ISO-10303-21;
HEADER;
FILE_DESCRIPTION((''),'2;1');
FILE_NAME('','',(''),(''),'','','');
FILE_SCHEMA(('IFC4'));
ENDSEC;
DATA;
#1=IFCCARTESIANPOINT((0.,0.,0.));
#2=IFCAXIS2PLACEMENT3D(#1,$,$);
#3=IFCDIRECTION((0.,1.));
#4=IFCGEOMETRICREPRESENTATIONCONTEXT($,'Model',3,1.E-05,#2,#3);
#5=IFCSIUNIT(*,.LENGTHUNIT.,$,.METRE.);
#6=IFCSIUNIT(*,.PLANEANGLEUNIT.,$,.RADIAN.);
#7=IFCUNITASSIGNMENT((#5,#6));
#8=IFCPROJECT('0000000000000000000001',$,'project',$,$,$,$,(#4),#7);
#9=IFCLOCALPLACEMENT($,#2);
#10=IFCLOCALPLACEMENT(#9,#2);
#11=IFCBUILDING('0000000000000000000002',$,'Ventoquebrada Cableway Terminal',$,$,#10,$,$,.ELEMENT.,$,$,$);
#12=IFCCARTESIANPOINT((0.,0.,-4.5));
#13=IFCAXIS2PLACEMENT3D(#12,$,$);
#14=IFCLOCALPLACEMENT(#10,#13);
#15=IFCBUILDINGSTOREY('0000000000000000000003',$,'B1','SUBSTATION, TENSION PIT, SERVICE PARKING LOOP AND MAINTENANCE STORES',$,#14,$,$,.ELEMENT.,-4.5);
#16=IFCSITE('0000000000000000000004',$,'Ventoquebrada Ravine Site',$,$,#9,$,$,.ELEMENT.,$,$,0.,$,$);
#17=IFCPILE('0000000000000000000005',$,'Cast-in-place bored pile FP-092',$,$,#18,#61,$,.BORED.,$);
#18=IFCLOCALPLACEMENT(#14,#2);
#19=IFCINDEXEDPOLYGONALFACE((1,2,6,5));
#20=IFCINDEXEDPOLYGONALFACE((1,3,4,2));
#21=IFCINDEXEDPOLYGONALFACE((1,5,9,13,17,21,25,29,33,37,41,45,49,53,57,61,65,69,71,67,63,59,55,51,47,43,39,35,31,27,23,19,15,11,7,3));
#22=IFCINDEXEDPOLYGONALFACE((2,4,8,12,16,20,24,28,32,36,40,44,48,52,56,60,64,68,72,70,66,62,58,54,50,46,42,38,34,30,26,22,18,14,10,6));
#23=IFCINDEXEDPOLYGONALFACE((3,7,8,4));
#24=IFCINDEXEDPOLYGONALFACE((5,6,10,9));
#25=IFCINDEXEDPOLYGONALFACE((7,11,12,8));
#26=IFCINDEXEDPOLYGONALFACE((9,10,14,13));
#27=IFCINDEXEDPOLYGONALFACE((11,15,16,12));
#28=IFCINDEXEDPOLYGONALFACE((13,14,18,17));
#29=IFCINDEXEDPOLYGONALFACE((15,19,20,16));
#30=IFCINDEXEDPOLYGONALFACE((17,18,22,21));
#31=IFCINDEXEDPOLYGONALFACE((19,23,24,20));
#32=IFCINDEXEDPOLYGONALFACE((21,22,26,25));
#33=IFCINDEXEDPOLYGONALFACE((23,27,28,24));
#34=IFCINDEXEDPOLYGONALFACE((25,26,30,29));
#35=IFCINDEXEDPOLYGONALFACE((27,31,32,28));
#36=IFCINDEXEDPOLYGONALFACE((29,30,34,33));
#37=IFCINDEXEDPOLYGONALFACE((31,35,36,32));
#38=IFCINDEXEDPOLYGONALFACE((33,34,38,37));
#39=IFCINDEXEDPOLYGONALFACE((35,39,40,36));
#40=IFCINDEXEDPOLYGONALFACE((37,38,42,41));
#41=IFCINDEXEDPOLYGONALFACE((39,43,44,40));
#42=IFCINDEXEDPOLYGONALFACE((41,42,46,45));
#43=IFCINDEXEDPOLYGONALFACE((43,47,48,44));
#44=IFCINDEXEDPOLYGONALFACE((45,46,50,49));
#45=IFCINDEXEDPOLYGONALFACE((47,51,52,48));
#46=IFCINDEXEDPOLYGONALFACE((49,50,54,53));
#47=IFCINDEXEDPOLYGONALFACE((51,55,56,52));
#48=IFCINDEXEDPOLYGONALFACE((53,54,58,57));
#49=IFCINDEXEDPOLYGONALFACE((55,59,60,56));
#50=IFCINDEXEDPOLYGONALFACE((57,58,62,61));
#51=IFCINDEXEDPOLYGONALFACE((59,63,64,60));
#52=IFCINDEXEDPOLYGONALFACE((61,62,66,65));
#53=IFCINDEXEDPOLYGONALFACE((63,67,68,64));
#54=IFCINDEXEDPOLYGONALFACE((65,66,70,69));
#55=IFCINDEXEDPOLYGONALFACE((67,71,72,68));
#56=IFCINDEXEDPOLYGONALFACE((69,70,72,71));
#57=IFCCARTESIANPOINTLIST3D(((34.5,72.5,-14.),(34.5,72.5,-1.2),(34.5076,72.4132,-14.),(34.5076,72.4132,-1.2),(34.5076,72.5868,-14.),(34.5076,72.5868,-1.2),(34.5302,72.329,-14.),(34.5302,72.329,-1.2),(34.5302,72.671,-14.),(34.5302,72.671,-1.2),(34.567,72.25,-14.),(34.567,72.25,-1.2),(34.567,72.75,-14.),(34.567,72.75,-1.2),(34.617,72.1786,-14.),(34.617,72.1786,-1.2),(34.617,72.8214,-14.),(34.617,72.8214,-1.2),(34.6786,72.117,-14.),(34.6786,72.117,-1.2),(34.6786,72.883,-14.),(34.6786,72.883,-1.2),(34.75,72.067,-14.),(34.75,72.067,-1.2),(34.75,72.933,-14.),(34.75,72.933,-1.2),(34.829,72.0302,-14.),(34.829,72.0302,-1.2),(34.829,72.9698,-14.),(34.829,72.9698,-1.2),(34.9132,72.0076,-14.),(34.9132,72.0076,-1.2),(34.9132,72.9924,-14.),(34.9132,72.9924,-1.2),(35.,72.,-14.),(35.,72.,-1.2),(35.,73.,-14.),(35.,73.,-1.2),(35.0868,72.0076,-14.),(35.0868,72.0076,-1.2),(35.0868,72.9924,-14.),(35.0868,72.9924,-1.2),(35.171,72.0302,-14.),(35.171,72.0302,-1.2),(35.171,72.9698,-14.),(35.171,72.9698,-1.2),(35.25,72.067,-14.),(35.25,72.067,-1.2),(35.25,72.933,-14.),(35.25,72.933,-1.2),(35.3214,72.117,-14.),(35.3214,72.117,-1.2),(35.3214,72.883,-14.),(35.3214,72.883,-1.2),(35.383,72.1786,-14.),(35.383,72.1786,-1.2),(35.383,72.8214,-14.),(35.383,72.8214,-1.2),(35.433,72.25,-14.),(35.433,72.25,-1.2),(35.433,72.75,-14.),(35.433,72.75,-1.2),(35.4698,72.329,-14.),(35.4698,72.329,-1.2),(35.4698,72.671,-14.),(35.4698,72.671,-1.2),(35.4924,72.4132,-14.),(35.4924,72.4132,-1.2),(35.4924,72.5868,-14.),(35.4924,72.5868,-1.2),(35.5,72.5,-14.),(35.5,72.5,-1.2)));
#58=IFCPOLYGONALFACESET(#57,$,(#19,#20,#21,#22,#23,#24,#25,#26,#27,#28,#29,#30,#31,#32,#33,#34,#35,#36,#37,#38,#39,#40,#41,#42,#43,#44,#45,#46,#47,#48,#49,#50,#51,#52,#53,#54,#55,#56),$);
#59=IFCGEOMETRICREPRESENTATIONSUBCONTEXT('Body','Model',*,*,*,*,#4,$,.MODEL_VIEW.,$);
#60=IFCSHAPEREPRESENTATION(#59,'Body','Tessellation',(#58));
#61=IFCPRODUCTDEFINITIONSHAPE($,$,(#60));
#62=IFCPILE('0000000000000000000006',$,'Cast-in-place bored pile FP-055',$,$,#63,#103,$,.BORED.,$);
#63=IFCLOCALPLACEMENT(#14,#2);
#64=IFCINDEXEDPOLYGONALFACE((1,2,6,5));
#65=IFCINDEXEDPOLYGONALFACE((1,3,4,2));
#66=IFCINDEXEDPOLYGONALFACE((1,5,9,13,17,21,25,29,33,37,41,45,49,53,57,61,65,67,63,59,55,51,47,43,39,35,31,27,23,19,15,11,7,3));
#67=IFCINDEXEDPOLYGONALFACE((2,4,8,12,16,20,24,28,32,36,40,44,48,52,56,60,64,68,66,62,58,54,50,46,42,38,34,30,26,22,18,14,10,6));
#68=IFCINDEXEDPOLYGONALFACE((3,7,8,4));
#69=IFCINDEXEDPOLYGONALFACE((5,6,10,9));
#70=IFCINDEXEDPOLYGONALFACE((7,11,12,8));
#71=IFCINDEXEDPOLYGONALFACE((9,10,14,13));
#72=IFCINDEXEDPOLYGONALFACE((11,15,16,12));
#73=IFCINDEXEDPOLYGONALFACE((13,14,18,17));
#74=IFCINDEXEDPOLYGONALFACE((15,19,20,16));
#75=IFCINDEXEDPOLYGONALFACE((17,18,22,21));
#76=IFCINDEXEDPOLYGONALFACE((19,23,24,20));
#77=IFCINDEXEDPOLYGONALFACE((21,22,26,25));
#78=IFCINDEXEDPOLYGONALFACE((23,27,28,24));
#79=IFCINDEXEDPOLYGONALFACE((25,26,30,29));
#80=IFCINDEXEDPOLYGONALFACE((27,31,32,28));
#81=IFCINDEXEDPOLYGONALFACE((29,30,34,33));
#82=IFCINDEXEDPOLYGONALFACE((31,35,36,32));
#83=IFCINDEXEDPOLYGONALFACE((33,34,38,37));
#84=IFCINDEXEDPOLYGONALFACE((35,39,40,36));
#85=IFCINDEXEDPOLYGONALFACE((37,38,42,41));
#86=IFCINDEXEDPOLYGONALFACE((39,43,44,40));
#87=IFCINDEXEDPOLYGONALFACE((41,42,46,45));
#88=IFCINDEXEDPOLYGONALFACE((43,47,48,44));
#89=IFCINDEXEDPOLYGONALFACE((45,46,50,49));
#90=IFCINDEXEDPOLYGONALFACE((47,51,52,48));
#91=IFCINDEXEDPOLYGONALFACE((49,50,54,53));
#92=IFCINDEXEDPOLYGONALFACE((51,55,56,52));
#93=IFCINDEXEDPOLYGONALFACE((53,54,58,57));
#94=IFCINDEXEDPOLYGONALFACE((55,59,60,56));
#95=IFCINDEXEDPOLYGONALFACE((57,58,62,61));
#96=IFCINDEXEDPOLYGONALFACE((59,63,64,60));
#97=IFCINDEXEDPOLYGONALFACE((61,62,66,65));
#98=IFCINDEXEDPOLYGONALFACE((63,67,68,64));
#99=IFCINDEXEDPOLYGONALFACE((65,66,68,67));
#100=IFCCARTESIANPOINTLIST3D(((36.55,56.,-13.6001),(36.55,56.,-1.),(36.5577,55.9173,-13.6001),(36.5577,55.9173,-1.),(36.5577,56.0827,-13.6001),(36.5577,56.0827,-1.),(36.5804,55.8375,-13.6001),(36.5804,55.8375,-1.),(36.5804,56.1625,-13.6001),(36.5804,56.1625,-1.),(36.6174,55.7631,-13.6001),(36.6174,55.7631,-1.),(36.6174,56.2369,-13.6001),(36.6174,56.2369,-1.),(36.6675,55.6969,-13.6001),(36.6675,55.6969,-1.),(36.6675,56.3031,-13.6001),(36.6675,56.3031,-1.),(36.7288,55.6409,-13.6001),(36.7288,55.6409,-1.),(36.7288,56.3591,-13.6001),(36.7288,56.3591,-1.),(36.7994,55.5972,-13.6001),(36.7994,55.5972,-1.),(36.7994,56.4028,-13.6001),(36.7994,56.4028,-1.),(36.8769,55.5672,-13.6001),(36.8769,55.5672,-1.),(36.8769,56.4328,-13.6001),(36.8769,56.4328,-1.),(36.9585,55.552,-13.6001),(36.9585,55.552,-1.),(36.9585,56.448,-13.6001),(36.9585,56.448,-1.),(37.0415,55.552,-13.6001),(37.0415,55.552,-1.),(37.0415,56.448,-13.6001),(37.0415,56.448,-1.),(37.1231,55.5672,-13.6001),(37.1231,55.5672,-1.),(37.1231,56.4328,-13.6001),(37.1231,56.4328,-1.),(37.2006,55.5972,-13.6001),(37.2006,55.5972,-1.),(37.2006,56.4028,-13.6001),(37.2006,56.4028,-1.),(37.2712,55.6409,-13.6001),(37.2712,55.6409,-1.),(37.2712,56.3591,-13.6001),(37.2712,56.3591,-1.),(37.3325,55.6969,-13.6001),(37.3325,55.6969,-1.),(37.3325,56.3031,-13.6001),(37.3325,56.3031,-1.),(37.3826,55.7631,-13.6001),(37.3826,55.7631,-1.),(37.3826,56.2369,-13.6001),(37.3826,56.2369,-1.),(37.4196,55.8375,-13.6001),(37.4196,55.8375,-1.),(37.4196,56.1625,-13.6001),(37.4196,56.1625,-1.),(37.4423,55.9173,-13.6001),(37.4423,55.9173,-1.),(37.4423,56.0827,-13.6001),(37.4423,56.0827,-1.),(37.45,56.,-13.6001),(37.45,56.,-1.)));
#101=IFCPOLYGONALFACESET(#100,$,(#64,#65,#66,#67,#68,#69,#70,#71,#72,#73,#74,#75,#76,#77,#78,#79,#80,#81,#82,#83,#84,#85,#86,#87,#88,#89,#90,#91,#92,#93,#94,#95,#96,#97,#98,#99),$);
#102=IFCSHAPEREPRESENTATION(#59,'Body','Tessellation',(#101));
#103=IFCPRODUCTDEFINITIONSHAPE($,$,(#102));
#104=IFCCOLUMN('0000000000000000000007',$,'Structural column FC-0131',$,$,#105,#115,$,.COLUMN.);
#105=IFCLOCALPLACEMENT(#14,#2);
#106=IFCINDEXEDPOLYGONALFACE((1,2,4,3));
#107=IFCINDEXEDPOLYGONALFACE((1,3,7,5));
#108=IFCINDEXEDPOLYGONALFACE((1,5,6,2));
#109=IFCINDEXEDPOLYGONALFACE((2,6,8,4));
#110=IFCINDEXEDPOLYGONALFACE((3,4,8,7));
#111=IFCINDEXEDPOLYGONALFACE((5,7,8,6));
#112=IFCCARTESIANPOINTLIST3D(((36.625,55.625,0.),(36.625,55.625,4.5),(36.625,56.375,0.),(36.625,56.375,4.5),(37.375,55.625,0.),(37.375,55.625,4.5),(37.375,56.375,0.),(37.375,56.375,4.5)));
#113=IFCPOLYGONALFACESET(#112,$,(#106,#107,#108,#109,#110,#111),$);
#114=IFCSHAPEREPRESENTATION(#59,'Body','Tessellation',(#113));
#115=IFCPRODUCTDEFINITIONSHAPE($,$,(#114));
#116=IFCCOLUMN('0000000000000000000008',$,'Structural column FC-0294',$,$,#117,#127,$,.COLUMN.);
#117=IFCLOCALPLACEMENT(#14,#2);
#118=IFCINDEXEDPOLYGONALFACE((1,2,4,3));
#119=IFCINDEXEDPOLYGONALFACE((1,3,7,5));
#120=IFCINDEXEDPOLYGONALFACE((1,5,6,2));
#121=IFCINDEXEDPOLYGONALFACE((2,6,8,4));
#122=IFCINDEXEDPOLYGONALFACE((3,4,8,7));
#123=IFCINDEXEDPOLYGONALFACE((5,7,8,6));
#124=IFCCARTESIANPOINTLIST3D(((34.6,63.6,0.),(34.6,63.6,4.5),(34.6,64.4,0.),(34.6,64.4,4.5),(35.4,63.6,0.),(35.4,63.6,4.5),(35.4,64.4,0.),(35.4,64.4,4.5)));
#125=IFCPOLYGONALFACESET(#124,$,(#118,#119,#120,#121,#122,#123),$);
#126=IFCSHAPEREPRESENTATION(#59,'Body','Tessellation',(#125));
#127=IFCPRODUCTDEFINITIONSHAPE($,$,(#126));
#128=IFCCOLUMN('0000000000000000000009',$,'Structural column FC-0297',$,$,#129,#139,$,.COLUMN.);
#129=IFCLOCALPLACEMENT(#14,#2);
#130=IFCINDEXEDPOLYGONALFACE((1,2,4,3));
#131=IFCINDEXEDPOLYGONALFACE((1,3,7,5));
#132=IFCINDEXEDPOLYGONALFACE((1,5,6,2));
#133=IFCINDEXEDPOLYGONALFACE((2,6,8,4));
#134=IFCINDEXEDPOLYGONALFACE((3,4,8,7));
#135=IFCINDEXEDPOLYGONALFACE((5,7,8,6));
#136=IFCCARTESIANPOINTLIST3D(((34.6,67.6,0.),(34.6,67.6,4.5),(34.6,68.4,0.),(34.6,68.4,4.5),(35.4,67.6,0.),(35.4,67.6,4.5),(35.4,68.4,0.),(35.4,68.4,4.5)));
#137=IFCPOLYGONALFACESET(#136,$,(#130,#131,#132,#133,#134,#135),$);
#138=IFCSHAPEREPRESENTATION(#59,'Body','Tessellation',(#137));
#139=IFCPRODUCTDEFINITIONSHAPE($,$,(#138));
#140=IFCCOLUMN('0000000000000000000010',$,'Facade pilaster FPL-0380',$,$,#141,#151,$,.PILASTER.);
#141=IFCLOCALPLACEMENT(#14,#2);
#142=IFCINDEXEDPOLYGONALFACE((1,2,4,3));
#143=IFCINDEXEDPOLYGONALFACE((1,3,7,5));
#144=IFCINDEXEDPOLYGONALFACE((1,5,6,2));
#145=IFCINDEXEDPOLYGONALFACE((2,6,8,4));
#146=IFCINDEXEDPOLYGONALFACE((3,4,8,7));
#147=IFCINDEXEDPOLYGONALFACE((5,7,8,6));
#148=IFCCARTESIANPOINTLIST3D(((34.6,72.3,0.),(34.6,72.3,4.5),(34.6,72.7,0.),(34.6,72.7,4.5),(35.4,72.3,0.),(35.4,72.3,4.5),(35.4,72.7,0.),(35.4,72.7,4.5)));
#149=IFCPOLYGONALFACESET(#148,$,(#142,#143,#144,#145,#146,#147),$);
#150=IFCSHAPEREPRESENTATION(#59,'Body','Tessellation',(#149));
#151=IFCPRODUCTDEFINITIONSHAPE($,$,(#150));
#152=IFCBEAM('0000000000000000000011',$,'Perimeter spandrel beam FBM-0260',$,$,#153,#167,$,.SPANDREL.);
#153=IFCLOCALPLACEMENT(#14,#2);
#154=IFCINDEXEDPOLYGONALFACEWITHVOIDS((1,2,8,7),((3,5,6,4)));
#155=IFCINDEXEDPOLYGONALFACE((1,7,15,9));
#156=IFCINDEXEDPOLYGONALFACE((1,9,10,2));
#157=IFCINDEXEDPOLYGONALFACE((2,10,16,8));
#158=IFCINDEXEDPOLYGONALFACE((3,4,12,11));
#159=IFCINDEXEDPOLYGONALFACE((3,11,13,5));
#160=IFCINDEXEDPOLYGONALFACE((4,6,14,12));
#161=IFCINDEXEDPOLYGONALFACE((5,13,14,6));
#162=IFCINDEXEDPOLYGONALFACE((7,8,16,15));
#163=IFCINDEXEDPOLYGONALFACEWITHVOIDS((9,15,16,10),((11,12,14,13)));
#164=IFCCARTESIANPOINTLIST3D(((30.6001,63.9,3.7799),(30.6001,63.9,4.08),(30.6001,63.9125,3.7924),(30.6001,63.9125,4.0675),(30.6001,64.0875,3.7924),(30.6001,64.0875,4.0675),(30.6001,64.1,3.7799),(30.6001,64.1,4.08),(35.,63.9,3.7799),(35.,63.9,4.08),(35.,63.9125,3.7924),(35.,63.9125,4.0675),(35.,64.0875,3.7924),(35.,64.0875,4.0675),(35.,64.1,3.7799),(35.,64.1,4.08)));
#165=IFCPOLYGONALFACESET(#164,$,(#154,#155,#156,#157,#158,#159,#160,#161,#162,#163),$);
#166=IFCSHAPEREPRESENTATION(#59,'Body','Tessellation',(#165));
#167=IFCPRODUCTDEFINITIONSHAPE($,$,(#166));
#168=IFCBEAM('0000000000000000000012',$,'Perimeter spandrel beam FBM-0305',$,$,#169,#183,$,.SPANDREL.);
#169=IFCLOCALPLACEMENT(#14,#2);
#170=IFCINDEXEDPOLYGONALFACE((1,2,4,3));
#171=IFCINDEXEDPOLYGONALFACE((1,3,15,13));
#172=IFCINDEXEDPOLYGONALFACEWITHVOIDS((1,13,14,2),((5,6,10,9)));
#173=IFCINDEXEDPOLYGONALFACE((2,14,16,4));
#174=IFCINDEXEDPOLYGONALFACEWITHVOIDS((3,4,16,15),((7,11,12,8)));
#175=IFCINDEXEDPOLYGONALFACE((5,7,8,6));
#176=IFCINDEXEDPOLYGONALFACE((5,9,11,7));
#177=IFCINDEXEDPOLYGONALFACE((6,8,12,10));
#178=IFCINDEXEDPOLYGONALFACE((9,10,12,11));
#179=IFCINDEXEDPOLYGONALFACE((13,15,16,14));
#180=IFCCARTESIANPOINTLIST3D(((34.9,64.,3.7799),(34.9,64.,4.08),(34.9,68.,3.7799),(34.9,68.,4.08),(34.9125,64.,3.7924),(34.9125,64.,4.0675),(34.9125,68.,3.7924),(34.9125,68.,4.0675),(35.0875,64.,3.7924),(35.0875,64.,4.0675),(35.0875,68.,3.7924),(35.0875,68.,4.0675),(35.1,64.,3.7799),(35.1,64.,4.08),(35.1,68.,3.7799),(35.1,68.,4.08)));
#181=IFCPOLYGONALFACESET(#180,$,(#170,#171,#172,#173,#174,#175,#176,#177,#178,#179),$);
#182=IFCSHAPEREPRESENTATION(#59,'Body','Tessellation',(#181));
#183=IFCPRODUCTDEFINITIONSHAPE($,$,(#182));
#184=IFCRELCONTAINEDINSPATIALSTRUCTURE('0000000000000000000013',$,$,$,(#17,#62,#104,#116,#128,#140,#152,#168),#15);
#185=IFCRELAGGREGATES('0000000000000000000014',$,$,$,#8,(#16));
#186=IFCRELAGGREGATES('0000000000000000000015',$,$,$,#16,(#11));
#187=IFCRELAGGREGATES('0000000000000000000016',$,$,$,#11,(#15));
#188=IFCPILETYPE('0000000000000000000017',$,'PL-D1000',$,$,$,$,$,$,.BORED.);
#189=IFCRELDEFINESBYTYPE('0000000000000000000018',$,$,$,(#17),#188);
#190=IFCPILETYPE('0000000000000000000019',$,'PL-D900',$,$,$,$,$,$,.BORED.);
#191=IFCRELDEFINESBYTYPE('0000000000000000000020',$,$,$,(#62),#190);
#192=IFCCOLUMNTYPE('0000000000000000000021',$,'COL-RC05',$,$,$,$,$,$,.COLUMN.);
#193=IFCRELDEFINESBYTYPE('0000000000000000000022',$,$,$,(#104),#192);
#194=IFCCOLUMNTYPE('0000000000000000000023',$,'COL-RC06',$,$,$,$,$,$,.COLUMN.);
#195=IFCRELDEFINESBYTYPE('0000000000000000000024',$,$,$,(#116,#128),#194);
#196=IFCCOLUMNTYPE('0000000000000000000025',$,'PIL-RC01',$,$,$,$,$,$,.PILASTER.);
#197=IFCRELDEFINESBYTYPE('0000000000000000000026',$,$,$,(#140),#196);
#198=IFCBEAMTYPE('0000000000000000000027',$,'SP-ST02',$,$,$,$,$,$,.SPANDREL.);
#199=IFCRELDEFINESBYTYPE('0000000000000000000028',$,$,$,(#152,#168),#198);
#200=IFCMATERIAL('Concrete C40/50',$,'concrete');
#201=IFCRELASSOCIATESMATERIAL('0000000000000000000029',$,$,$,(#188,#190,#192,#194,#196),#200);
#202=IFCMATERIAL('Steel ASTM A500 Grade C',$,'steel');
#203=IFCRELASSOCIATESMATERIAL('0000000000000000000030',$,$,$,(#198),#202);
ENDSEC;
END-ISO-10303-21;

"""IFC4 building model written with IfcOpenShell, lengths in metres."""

from ifc_helpers import new_model, si_unit, direction, frame, origin, origin_2d, place, context, subcontext, project, spatial, rectangle, hollow_rectangle, circle, extrude, material, material_profile, profile_set, type_object, element, save


model = new_model("IFC4")

# Units and contexts
model_context = context("Model", 3, precision=1e-05, world=origin(), true_north=direction((0.0, 1.0)))
body_context = subcontext(model_context, "Body", "Model", "MODEL_VIEW")
ifc_project = project(units=[si_unit("LENGTHUNIT", "METRE"), si_unit("PLANEANGLEUNIT", "RADIAN")], contexts=[model_context])

# Site, building, storey
site_placement = place(None, origin())
site = spatial("IfcSite", under=ifc_project, at=site_placement, Name="Ventoquebrada Ravine Site", CompositionType="ELEMENT", RefElevation=0.0)
building_placement = place(site_placement, origin())
building = spatial("IfcBuilding", under=site, at=building_placement, Name="Ventoquebrada Cableway Terminal", CompositionType="ELEMENT")
storey_placement = place(building_placement, frame((0.0, 0.0, -4.5)))
storey = spatial("IfcBuildingStorey", under=building, at=storey_placement, Name="B1", Description="SUBSTATION, TENSION PIT, SERVICE PARKING LOOP AND MAINTENANCE STORES", CompositionType="ELEMENT", Elevation=-4.5)

# Shared definitions
ifc_material_1 = material(Name="Concrete C40/50", Category="concrete")

# Piles
ifc_material_profile_1 = material_profile(ifc_material_1, circle(Radius=0.5, at=origin_2d()), Name="PILE-D1000")
ifc_profile_set_1 = profile_set([ifc_material_profile_1], Name="Concrete C40/50")
pile_type_1 = type_object("IfcPileType", Name="PL-D1000", PredefinedType="BORED", material=ifc_profile_set_1)
pile_1_placement = place(storey_placement, frame((35.0, 72.5, -1.2), z_axis=(0.0, 0.0, -1.0), x_axis=(1.0, 0.0, 0.0)))
element("IfcPile", 1, at=pile_1_placement, inside=storey, type_object=pile_type_1, Name="Cast-in-place bored pile FP-092", PredefinedType="BORED", context=body_context, shape_type="SweptSolid", body=[
    extrude(circle(Radius=0.5, at=origin_2d()), origin(), (0.0, 0.0, 1.0), 12.8),
])
ifc_material_profile_2 = material_profile(ifc_material_1, circle(Radius=0.45, at=origin_2d()), Name="PILE-D900")
ifc_profile_set_2 = profile_set([ifc_material_profile_2], Name="Concrete C40/50")
pile_type_2 = type_object("IfcPileType", Name="PL-D900", PredefinedType="BORED", material=ifc_profile_set_2)
pile_2_placement = place(storey_placement, frame((37.0, 56.0, -1.0), z_axis=(0.0, 0.0, -1.0), x_axis=(1.0, 0.0, 0.0)))
element("IfcPile", 2, at=pile_2_placement, inside=storey, type_object=pile_type_2, Name="Cast-in-place bored pile FP-055", PredefinedType="BORED", context=body_context, shape_type="SweptSolid", body=[
    extrude(circle(Radius=0.45, at=origin_2d()), origin(), (0.0, 0.0, 1.0), 12.6001),
])

# Columns
ifc_material_profile_3 = material_profile(ifc_material_1, rectangle(XDim=0.75, YDim=0.75, at=origin_2d()), Name="RC-COL-750X750")
ifc_profile_set_3 = profile_set([ifc_material_profile_3], Name="Concrete C40/50")
column_type_1 = type_object("IfcColumnType", Name="COL-RC05", PredefinedType="COLUMN", material=ifc_profile_set_3)
column_1_placement = place(storey_placement, frame((37.0, 56.0, 0.0), z_axis=(0.0, 0.0, 1.0), x_axis=(1.0, 0.0, 0.0)))
element("IfcColumn", 3, at=column_1_placement, inside=storey, type_object=column_type_1, Name="Structural column FC-0131", PredefinedType="COLUMN", context=body_context, shape_type="SweptSolid", body=[
    extrude(rectangle(XDim=0.75, YDim=0.75, at=origin_2d()), origin(), (0.0, 0.0, 1.0), 4.5),
])
ifc_material_profile_4 = material_profile(ifc_material_1, rectangle(XDim=0.8, YDim=0.8, at=origin_2d()), Name="RC-COL-800X800")
ifc_profile_set_4 = profile_set([ifc_material_profile_4], Name="Concrete C40/50")
column_type_2 = type_object("IfcColumnType", Name="COL-RC06", PredefinedType="COLUMN", material=ifc_profile_set_4)
for number, where, z_axis, x_axis, name in (
    (4, (35.0, 64.0, 0.0), (0.0, 0.0, 1.0), (1.0, 0.0, 0.0), "Structural column FC-0294"),
    (5, (35.0, 68.0, 0.0), (0.0, 0.0, 1.0), (1.0, 0.0, 0.0), "Structural column FC-0297"),
):
    element("IfcColumn", number, at=place(storey_placement, frame(where, z_axis=z_axis, x_axis=x_axis)), inside=storey, type_object=column_type_2, Name=name, PredefinedType="COLUMN", context=body_context, shape_type="SweptSolid", body=[
        extrude(rectangle(XDim=0.8, YDim=0.8, at=origin_2d()), origin(), (0.0, 0.0, 1.0), 4.5),
    ])
ifc_material_profile_5 = material_profile(ifc_material_1, rectangle(XDim=0.3999, YDim=0.8, at=origin_2d()), Name="RC-PIL-400X800")
ifc_profile_set_5 = profile_set([ifc_material_profile_5], Name="Concrete C40/50")
column_type_3 = type_object("IfcColumnType", Name="PIL-RC01", PredefinedType="PILASTER", material=ifc_profile_set_5)
column_2_placement = place(storey_placement, frame((35.0, 72.5, 0.0), z_axis=(0.0, 0.0, 1.0), x_axis=(0.0, 1.0, 0.0)))
element("IfcColumn", 6, at=column_2_placement, inside=storey, type_object=column_type_3, Name="Facade pilaster FPL-0380", PredefinedType="PILASTER", context=body_context, shape_type="SweptSolid", body=[
    extrude(rectangle(XDim=0.3999, YDim=0.8, at=origin_2d()), origin(), (0.0, 0.0, 1.0), 4.5),
])

# Beams
ifc_material_2 = material(Name="Steel ASTM A500 Grade C", Category="steel")
ifc_material_profile_6 = material_profile(ifc_material_2, hollow_rectangle(XDim=0.2, YDim=0.3, WallThickness=0.0125, at=origin_2d()), Name="RHS300X200X12.5")
ifc_profile_set_6 = profile_set([ifc_material_profile_6], Name="Steel ASTM A500 Grade C")
beam_type = type_object("IfcBeamType", Name="SP-ST02", PredefinedType="SPANDREL", material=ifc_profile_set_6)
beam_1_placement = place(storey_placement, frame((30.6001, 64.0, 3.9299), z_axis=(1.0, 0.0, 0.0), x_axis=(0.0, 1.0, 0.0)))
element("IfcBeam", 7, at=beam_1_placement, inside=storey, type_object=beam_type, Name="Perimeter spandrel beam FBM-0260", PredefinedType="SPANDREL", context=body_context, shape_type="SweptSolid", body=[
    extrude(hollow_rectangle(XDim=0.2, YDim=0.3, WallThickness=0.0125, at=origin_2d()), origin(), (0.0, 0.0, 1.0), 4.3999),
])
beam_2_placement = place(storey_placement, frame((35.0, 64.0, 3.9299), z_axis=(0.0, 1.0, 0.0), x_axis=(-1.0, 0.0, 0.0)))
element("IfcBeam", 8, at=beam_2_placement, inside=storey, type_object=beam_type, Name="Perimeter spandrel beam FBM-0305", PredefinedType="SPANDREL", context=body_context, shape_type="SweptSolid", body=[
    extrude(hollow_rectangle(XDim=0.2, YDim=0.3, WallThickness=0.0125, at=origin_2d()), origin(), (0.0, 0.0, 1.0), 4.0),
])

save(model, "model.ifc")
